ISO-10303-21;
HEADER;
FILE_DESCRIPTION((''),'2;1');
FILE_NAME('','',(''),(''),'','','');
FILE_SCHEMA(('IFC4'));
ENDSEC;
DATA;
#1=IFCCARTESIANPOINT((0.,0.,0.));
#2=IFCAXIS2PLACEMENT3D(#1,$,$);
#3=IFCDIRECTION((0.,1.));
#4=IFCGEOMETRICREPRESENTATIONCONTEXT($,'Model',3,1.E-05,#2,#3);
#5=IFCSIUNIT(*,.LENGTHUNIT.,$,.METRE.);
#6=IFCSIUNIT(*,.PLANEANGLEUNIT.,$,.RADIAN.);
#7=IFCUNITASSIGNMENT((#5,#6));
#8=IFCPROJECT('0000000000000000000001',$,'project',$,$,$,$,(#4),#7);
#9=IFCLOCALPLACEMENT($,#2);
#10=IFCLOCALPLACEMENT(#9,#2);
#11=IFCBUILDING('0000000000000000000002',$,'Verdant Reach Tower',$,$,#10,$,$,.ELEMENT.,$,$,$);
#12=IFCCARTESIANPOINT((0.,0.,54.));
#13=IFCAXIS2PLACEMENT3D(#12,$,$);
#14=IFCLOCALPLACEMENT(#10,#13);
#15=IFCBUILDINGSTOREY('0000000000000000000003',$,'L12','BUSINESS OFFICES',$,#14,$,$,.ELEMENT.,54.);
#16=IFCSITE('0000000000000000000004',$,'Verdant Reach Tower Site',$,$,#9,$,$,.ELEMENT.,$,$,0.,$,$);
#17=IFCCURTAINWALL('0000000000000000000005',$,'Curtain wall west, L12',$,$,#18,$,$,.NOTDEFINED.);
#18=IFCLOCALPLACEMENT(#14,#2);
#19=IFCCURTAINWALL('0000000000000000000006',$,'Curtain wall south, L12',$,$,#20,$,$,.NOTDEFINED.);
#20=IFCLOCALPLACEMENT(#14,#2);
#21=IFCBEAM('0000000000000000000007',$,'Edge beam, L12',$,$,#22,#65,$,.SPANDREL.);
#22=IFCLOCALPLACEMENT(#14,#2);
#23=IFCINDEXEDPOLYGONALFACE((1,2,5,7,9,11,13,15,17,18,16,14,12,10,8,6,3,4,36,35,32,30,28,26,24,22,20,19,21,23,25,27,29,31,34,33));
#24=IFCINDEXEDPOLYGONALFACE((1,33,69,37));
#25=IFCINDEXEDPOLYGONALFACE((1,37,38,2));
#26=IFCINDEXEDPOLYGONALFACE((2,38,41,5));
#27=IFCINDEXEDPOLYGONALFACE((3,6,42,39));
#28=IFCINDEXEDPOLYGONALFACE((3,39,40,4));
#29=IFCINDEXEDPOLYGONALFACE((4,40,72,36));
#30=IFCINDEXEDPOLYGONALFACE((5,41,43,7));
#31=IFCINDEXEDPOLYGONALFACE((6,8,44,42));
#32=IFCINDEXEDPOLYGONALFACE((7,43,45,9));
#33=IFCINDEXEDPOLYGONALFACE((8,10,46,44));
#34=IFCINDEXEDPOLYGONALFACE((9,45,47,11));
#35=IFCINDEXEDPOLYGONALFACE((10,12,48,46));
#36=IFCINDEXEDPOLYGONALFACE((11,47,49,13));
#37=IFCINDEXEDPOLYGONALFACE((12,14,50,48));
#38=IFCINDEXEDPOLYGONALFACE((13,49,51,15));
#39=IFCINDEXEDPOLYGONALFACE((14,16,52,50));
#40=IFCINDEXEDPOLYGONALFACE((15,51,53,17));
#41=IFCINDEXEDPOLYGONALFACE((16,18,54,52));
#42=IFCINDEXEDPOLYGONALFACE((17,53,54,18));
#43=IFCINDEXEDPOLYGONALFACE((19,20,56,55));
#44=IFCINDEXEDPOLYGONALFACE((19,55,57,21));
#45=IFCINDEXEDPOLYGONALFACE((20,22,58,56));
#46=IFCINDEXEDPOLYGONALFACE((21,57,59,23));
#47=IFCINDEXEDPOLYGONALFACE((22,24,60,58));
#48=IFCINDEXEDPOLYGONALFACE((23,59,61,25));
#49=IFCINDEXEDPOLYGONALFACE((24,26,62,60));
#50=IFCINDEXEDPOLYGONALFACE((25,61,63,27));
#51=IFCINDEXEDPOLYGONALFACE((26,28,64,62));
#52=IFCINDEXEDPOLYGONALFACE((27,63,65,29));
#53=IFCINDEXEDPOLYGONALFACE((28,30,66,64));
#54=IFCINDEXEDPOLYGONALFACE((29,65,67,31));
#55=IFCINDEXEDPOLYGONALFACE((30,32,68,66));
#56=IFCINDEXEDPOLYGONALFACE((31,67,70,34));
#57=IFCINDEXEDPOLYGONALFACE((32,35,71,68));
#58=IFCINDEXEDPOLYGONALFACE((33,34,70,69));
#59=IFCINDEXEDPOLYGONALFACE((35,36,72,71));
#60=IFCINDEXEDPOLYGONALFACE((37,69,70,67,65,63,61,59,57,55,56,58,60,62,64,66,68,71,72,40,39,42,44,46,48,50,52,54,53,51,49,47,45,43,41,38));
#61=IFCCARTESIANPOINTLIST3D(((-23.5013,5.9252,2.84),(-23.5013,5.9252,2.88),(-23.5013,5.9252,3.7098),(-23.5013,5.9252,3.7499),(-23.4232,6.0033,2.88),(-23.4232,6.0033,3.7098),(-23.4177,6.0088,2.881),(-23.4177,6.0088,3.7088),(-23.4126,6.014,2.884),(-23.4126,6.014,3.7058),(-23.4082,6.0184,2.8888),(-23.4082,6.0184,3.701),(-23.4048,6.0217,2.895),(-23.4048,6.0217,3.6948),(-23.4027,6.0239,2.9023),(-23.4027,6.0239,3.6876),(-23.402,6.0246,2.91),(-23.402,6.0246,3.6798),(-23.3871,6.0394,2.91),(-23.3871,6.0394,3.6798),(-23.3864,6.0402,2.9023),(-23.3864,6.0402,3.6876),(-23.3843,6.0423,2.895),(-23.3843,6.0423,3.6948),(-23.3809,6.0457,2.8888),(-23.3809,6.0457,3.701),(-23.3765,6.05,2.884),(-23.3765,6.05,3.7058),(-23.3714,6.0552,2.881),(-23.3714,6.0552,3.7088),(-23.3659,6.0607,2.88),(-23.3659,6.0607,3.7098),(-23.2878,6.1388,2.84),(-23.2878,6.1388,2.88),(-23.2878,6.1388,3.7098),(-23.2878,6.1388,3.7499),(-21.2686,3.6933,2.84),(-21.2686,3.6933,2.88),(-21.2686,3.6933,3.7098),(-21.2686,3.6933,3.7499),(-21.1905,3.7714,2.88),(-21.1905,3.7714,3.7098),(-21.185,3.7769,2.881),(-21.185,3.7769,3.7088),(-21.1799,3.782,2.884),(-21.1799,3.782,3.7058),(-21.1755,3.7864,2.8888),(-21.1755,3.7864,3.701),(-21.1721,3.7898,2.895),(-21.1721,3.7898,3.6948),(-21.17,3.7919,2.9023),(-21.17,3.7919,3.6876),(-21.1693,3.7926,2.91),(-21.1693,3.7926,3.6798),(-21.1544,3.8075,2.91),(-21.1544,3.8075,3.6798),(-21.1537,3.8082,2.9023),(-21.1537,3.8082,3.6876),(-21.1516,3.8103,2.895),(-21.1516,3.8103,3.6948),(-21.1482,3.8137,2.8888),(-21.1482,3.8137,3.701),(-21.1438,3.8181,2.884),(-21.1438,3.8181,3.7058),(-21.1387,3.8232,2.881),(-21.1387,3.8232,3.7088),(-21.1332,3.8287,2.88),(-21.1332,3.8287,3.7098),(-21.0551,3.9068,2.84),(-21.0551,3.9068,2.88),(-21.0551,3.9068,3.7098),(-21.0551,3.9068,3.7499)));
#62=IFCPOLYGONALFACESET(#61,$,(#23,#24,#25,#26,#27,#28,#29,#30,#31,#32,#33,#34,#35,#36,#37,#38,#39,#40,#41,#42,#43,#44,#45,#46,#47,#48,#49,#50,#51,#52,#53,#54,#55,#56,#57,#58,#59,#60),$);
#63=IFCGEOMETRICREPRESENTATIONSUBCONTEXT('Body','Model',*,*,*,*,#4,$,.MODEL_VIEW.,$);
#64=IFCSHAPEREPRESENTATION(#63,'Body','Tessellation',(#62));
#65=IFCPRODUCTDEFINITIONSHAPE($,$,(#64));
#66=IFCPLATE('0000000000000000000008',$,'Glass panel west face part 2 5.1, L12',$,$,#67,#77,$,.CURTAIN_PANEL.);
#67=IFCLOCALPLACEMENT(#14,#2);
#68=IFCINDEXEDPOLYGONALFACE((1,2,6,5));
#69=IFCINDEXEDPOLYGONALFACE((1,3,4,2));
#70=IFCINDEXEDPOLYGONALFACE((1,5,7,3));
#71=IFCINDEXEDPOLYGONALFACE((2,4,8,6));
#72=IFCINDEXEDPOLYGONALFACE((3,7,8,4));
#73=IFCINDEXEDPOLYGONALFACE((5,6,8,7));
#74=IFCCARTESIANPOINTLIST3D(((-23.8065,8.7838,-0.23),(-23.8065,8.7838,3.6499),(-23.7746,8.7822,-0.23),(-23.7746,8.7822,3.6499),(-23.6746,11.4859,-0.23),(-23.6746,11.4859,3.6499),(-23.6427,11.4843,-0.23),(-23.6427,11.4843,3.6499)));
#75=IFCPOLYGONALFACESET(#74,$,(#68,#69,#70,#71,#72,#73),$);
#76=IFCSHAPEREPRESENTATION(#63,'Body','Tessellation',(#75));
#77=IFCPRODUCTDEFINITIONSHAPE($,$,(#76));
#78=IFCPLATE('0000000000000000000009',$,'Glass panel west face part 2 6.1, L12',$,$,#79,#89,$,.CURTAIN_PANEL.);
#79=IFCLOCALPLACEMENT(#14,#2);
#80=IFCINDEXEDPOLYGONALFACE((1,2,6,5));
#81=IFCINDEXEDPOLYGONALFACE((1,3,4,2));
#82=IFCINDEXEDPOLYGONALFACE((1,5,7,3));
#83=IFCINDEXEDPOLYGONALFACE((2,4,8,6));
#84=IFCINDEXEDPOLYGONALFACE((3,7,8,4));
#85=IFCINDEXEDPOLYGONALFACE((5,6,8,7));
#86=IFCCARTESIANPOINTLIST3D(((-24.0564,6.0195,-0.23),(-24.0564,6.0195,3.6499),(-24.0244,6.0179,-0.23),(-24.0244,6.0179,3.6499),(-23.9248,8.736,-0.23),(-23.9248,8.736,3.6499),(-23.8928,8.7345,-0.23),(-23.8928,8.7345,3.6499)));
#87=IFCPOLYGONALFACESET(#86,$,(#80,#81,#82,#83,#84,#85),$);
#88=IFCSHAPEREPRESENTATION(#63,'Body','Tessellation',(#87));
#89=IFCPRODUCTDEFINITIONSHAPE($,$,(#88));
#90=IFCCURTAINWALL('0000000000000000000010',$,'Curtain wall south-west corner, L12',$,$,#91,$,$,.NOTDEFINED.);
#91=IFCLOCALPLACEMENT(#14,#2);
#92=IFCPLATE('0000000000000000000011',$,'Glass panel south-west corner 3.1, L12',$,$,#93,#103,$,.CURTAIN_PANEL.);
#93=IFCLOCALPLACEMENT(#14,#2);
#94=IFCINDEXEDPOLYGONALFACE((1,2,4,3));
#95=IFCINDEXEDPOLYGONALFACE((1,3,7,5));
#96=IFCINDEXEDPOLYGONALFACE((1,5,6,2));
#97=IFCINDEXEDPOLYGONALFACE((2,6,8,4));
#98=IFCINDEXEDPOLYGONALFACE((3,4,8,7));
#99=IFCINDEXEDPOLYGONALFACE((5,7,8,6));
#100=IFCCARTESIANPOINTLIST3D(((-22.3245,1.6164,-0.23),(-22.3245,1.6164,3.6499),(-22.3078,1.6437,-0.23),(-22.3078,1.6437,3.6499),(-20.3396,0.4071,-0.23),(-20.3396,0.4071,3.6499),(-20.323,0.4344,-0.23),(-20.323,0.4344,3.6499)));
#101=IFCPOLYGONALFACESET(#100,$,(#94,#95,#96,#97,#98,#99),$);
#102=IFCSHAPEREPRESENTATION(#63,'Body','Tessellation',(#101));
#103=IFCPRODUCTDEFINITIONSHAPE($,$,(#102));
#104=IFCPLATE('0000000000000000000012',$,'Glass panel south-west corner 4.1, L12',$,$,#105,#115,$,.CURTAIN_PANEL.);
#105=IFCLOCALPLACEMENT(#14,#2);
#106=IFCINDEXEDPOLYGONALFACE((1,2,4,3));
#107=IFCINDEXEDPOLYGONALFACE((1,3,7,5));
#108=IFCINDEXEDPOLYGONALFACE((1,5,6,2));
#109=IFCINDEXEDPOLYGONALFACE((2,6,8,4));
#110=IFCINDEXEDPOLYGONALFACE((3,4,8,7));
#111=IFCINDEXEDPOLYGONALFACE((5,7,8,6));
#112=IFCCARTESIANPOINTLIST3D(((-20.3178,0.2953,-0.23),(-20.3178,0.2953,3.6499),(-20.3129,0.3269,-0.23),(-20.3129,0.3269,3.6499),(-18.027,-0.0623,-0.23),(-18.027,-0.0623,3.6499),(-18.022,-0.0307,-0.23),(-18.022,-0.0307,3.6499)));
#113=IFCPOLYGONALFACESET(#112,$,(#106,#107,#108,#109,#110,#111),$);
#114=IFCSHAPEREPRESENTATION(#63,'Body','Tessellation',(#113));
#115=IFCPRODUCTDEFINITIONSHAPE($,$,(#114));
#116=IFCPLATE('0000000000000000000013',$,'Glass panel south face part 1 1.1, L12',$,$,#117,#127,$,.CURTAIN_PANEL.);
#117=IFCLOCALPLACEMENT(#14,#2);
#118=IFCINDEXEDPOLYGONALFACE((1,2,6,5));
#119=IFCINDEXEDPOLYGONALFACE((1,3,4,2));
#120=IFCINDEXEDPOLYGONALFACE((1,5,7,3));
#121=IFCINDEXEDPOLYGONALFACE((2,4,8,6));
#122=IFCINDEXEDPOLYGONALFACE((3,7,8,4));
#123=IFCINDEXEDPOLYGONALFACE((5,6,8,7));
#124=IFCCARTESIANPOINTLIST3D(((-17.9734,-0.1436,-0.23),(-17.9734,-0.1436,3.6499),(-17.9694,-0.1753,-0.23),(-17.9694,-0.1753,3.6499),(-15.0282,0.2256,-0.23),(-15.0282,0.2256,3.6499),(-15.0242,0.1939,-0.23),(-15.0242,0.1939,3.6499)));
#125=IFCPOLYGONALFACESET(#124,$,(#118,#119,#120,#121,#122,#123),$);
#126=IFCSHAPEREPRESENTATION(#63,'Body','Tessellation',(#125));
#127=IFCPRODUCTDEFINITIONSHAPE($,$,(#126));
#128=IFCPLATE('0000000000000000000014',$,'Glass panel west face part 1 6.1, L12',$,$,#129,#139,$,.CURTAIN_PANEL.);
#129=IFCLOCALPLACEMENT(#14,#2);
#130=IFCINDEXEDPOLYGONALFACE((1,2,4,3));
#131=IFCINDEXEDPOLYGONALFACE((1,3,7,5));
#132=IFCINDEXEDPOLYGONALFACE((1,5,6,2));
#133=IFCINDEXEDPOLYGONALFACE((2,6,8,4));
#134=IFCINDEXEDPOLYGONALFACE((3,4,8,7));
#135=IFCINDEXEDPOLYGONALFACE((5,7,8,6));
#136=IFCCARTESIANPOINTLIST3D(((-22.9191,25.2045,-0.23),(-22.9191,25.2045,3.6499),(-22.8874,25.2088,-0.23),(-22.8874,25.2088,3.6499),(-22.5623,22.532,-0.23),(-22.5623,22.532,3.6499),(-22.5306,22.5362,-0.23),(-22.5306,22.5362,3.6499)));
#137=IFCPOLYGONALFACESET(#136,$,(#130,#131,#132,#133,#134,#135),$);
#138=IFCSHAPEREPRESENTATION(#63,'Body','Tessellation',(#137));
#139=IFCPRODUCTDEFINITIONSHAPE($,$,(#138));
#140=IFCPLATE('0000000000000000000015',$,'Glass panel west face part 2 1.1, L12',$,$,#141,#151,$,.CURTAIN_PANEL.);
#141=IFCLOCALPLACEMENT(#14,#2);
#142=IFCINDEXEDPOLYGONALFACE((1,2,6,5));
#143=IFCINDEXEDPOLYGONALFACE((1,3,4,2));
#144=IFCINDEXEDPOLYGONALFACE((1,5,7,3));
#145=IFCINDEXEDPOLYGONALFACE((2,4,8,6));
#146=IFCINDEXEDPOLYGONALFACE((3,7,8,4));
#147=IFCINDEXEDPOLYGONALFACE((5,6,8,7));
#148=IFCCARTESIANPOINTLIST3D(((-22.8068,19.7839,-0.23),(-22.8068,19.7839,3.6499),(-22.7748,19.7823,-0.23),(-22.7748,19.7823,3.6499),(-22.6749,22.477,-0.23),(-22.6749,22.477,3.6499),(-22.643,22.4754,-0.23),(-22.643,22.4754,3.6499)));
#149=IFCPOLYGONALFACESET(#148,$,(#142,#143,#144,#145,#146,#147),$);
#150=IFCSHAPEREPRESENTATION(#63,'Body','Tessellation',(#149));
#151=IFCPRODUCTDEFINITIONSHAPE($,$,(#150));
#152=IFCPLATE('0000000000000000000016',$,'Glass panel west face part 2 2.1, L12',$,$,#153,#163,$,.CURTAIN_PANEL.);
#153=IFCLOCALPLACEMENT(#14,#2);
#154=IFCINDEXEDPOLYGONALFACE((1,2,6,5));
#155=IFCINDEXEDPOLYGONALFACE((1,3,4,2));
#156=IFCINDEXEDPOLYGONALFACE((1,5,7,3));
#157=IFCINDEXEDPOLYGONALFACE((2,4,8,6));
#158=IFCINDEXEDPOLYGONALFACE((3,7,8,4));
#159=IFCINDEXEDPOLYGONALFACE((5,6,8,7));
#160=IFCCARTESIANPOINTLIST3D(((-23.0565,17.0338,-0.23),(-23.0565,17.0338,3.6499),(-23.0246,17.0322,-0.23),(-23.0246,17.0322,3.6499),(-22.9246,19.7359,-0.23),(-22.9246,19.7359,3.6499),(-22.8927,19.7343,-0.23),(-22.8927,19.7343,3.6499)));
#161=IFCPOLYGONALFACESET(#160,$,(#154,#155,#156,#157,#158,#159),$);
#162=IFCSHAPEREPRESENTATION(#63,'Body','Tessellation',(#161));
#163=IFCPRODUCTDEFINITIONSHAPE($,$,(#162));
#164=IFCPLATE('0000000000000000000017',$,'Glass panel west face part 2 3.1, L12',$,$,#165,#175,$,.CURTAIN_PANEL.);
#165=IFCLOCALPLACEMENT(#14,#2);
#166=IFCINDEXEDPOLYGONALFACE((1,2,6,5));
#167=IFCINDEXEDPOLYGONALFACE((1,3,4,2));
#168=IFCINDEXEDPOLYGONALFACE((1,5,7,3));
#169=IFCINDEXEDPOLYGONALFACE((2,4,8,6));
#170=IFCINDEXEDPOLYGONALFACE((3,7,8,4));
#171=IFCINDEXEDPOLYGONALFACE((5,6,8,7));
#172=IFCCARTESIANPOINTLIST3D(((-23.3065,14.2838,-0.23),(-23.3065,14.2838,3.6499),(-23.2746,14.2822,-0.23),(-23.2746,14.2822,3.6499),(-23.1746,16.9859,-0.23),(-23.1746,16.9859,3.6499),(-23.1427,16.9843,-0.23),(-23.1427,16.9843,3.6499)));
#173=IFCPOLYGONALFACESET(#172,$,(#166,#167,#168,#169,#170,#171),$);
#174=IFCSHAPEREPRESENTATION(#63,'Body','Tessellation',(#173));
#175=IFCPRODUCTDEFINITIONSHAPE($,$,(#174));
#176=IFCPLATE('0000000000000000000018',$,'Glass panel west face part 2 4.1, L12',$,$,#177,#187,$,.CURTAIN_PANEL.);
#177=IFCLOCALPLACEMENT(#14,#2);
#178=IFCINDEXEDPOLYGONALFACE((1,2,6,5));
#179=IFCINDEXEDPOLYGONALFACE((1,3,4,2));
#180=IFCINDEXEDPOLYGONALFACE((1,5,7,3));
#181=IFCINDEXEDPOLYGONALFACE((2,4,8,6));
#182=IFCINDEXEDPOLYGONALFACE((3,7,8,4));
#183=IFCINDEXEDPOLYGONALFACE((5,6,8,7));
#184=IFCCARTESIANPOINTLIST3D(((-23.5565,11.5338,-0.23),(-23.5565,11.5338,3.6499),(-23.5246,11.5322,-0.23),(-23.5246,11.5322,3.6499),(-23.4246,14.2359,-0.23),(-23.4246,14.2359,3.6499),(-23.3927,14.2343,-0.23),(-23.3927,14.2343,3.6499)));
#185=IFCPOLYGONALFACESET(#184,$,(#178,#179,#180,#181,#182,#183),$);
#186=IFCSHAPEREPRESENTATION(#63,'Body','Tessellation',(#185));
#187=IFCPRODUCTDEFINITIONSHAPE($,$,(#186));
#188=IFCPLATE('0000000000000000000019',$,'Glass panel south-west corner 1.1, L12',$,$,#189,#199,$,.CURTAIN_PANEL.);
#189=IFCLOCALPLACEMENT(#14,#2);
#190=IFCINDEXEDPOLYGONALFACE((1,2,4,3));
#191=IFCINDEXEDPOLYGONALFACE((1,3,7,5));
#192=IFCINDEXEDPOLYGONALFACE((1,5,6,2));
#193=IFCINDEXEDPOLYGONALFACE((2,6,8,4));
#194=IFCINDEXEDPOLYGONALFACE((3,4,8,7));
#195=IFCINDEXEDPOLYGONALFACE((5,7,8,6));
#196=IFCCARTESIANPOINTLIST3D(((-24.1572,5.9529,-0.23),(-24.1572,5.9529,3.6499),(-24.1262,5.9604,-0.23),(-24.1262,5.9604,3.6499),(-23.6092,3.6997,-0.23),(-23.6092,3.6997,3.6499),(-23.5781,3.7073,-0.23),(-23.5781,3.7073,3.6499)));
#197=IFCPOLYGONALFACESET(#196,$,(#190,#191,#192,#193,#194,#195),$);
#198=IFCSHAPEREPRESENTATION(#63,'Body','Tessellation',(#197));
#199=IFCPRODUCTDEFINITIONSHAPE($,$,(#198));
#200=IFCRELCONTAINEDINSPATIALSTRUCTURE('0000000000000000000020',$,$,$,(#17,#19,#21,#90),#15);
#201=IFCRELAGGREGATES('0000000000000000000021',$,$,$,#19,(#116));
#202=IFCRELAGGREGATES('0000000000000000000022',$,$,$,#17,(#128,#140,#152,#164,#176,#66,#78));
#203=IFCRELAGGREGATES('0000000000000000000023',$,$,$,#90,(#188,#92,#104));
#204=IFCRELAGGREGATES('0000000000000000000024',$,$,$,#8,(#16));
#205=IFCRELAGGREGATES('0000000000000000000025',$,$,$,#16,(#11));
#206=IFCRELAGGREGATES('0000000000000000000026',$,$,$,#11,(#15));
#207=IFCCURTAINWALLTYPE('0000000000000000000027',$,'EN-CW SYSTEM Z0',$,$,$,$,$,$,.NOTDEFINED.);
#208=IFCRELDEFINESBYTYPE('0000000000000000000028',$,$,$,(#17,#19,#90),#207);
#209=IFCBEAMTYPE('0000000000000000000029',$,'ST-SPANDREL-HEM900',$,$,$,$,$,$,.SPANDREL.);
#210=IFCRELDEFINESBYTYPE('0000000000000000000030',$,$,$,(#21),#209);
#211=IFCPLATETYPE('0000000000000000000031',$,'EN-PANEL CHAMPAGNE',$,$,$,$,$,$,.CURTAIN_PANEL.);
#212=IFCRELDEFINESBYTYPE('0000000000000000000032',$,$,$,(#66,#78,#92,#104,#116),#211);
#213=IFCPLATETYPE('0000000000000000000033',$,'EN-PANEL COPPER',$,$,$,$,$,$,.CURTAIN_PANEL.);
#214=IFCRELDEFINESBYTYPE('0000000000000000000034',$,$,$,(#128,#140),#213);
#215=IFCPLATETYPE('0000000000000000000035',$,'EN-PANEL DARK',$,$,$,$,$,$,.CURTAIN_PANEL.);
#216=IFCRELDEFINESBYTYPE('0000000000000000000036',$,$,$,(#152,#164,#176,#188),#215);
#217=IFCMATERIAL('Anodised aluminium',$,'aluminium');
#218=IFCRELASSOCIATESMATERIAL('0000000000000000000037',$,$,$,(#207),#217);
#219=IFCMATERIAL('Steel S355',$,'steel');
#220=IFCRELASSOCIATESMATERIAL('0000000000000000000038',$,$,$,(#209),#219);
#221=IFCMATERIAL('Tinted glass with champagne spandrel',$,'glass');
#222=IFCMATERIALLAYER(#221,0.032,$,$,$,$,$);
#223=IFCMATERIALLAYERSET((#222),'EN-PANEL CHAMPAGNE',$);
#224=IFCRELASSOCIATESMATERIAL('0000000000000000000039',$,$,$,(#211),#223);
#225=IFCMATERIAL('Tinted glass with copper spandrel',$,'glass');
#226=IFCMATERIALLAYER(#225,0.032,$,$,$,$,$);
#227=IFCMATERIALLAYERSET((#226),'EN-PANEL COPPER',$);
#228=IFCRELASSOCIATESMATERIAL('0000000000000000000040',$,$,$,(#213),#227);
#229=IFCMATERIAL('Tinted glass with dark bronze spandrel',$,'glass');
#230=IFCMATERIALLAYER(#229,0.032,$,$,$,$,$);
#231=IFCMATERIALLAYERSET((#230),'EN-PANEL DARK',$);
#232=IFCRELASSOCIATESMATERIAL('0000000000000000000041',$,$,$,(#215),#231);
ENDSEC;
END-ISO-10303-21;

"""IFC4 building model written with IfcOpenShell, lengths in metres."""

from ifc_helpers import new_model, si_unit, direction, frame, origin, origin_2d, place, context, subcontext, project, spatial, rectangle, i_section, extrude, material, layer, layer_set, material_profile, profile_set, type_object, element, aggregate, save


model = new_model("IFC4")

# Units and contexts
model_context = context("Model", 3, precision=1e-05, world=origin(), true_north=direction((0.0, 1.0)))
body_context = subcontext(model_context, "Body", "Model", "MODEL_VIEW")
ifc_project = project(units=[si_unit("LENGTHUNIT", "METRE"), si_unit("PLANEANGLEUNIT", "RADIAN")], contexts=[model_context])

# Site, building, storey
site_placement = place(None, origin())
site = spatial("IfcSite", under=ifc_project, at=site_placement, Name="Verdant Reach Tower Site", CompositionType="ELEMENT", RefElevation=0.0)
building_placement = place(site_placement, origin())
building = spatial("IfcBuilding", under=site, at=building_placement, Name="Verdant Reach Tower", CompositionType="ELEMENT")
storey_placement = place(building_placement, frame((0.0, 0.0, 54.0)))
storey = spatial("IfcBuildingStorey", under=building, at=storey_placement, Name="L12", Description="BUSINESS OFFICES", CompositionType="ELEMENT", Elevation=54.0)

# Curtain walls
ifc_material_1 = material(Name="Anodised aluminium", Category="aluminium")
curtain_wall_type = type_object("IfcCurtainWallType", Name="EN-CW SYSTEM Z0", PredefinedType="NOTDEFINED", material=ifc_material_1)
curtain_wall_1_placement = place(storey_placement, origin())
curtain_wall_1 = element("IfcCurtainWall", 1, at=curtain_wall_1_placement, inside=storey, type_object=curtain_wall_type, Name="Curtain wall west, L12", PredefinedType="NOTDEFINED")
curtain_wall_2_placement = place(storey_placement, origin())
curtain_wall_2 = element("IfcCurtainWall", 2, at=curtain_wall_2_placement, inside=storey, type_object=curtain_wall_type, Name="Curtain wall south, L12", PredefinedType="NOTDEFINED")

# Beam
ifc_material_2 = material(Name="Steel S355", Category="steel")
ifc_material_profile_1 = material_profile(ifc_material_2, i_section(OverallWidth=0.302, OverallDepth=0.9099, WebThickness=0.021, FlangeThickness=0.04, FilletRadius=0.03, at=origin_2d()), Name="HEM 900")
ifc_profile_set_1 = profile_set([ifc_material_profile_1], Name="Steel S355")
beam_type_1 = type_object("IfcBeamType", Name="ST-SPANDREL-HEM900", PredefinedType="SPANDREL", material=ifc_profile_set_1)
beam_1_placement = place(storey_placement, frame((-21.1619, 3.8, 3.2949), z_axis=(-0.707223, 0.706991, 0.0), x_axis=(-0.706991, -0.707223, 0.0)))
element("IfcBeam", 3, at=beam_1_placement, inside=storey, type_object=beam_type_1, Name="Edge beam, L12", PredefinedType="SPANDREL", context=body_context, shape_type="SweptSolid", body=[
    extrude(i_section(OverallWidth=0.302, OverallDepth=0.9099, WebThickness=0.021, FlangeThickness=0.04, FilletRadius=0.03, at=origin_2d()), origin(), (0.0, 0.0, 1.0), 3.157),
])

# Plates
ifc_material_3 = material(Name="Tinted glass with champagne spandrel", Category="glass")
ifc_layer_1 = layer(ifc_material_3, 0.032)
ifc_layer_set_1 = layer_set([ifc_layer_1], Name="EN-PANEL CHAMPAGNE")
plate_type_1 = type_object("IfcPlateType", Name="EN-PANEL CHAMPAGNE", PredefinedType="CURTAIN_PANEL", material=ifc_layer_set_1)
plate_1_placement = place(storey_placement, frame((-23.7246, 10.134, -0.23), z_axis=(0.0, 0.0, 1.0), x_axis=(-0.048753, -0.998811, 0.0)))
plate_1 = element("IfcPlate", 4, at=plate_1_placement, type_object=plate_type_1, Name="Glass panel west face part 2 5.1, L12", PredefinedType="CURTAIN_PANEL", context=body_context, shape_type="SweptSolid", body=[
    extrude(rectangle(XDim=2.7053, YDim=0.032, at=origin_2d()), origin(), (0.0, 0.0, 1.0), 3.8799),
])
plate_2_placement = place(storey_placement, frame((-23.9746, 7.377, -0.23), z_axis=(0.0, 0.0, 1.0), x_axis=(-0.048383, -0.998829, 0.0)))
plate_2 = element("IfcPlate", 5, at=plate_2_placement, type_object=plate_type_1, Name="Glass panel west face part 2 6.1, L12", PredefinedType="CURTAIN_PANEL", context=body_context, shape_type="SweptSolid", body=[
    extrude(rectangle(XDim=2.7197, YDim=0.032, at=origin_2d()), origin(), (0.0, 0.0, 1.0), 3.8799),
])

# Curtain wall, plates
curtain_wall_3_placement = place(storey_placement, origin())
curtain_wall_3 = element("IfcCurtainWall", 6, at=curtain_wall_3_placement, inside=storey, type_object=curtain_wall_type, Name="Curtain wall south-west corner, L12", PredefinedType="NOTDEFINED")
plate_3_placement = place(storey_placement, frame((-21.3237, 1.0254, -0.23), z_axis=(0.0, 0.0, 1.0), x_axis=(0.853989, -0.520292, 0.0)))
plate_3 = element("IfcPlate", 7, at=plate_3_placement, type_object=plate_type_1, Name="Glass panel south-west corner 3.1, L12", PredefinedType="CURTAIN_PANEL", context=body_context, shape_type="SweptSolid", body=[
    extrude(rectangle(XDim=2.3242, YDim=0.032, at=origin_2d()), origin(), (0.0, 0.0, 1.0), 3.8799),
])
plate_4_placement = place(storey_placement, frame((-19.1699, 0.1323, -0.23), z_axis=(0.0, 0.0, 1.0), x_axis=(0.988035, -0.154233, 0.0)))
plate_4 = element("IfcPlate", 8, at=plate_4_placement, type_object=plate_type_1, Name="Glass panel south-west corner 4.1, L12", PredefinedType="CURTAIN_PANEL", context=body_context, shape_type="SweptSolid", body=[
    extrude(rectangle(XDim=2.3186, YDim=0.032, at=origin_2d()), origin(), (0.0, 0.0, 1.0), 3.8799),
])

# Plates
plate_5_placement = place(storey_placement, frame((-16.4988, 0.0251, -0.23), z_axis=(0.0, 0.0, 1.0), x_axis=(0.992234, 0.124384, 0.0)))
plate_5 = element("IfcPlate", 9, at=plate_5_placement, type_object=plate_type_1, Name="Glass panel south face part 1 1.1, L12", PredefinedType="CURTAIN_PANEL", context=body_context, shape_type="SweptSolid", body=[
    extrude(rectangle(XDim=2.9683, YDim=0.032, at=origin_2d()), origin(), (0.0, 0.0, 1.0), 3.8799),
])
aggregate(curtain_wall_2, [plate_5])
ifc_material_4 = material(Name="Tinted glass with copper spandrel", Category="glass")
ifc_layer_2 = layer(ifc_material_4, 0.032)
ifc_layer_set_2 = layer_set([ifc_layer_2], Name="EN-PANEL COPPER")
plate_type_2 = type_object("IfcPlateType", Name="EN-PANEL COPPER", PredefinedType="CURTAIN_PANEL", material=ifc_layer_set_2)
plate_6_placement = place(storey_placement, frame((-22.7249, 23.8704, -0.23), z_axis=(0.0, 0.0, 1.0), x_axis=(0.132308, -0.991209, 0.0)))
plate_6 = element("IfcPlate", 10, at=plate_6_placement, type_object=plate_type_2, Name="Glass panel west face part 1 6.1, L12", PredefinedType="CURTAIN_PANEL", context=body_context, shape_type="SweptSolid", body=[
    extrude(rectangle(XDim=2.6963, YDim=0.032, at=origin_2d()), origin(), (0.0, 0.0, 1.0), 3.8799),
])
plate_7_placement = place(storey_placement, frame((-22.7249, 21.1296, -0.23), z_axis=(0.0, 0.0, 1.0), x_axis=(-0.048902, -0.998804, 0.0)))
plate_7 = element("IfcPlate", 11, at=plate_7_placement, type_object=plate_type_2, Name="Glass panel west face part 2 1.1, L12", PredefinedType="CURTAIN_PANEL", context=body_context, shape_type="SweptSolid", body=[
    extrude(rectangle(XDim=2.6963, YDim=0.032, at=origin_2d()), origin(), (0.0, 0.0, 1.0), 3.8799),
])
ifc_material_5 = material(Name="Tinted glass with dark bronze spandrel", Category="glass")
ifc_layer_3 = layer(ifc_material_5, 0.032)
ifc_layer_set_3 = layer_set([ifc_layer_3], Name="EN-PANEL DARK")
plate_type_3 = type_object("IfcPlateType", Name="EN-PANEL DARK", PredefinedType="CURTAIN_PANEL", material=ifc_layer_set_3)
plate_8_placement = place(storey_placement, frame((-22.9746, 18.384, -0.23), z_axis=(0.0, 0.0, 1.0), x_axis=(-0.048753, -0.998811, 0.0)))
plate_8 = element("IfcPlate", 12, at=plate_8_placement, type_object=plate_type_3, Name="Glass panel west face part 2 2.1, L12", PredefinedType="CURTAIN_PANEL", context=body_context, shape_type="SweptSolid", body=[
    extrude(rectangle(XDim=2.7053, YDim=0.032, at=origin_2d()), origin(), (0.0, 0.0, 1.0), 3.8799),
])
plate_9_placement = place(storey_placement, frame((-23.2246, 15.634, -0.23), z_axis=(0.0, 0.0, 1.0), x_axis=(-0.048753, -0.998811, 0.0)))
plate_9 = element("IfcPlate", 13, at=plate_9_placement, type_object=plate_type_3, Name="Glass panel west face part 2 3.1, L12", PredefinedType="CURTAIN_PANEL", context=body_context, shape_type="SweptSolid", body=[
    extrude(rectangle(XDim=2.7053, YDim=0.032, at=origin_2d()), origin(), (0.0, 0.0, 1.0), 3.8799),
])
plate_10_placement = place(storey_placement, frame((-23.4746, 12.884, -0.23), z_axis=(0.0, 0.0, 1.0), x_axis=(-0.048753, -0.998811, 0.0)))
plate_10 = element("IfcPlate", 14, at=plate_10_placement, type_object=plate_type_3, Name="Glass panel west face part 2 4.1, L12", PredefinedType="CURTAIN_PANEL", context=body_context, shape_type="SweptSolid", body=[
    extrude(rectangle(XDim=2.7053, YDim=0.032, at=origin_2d()), origin(), (0.0, 0.0, 1.0), 3.8799),
])
aggregate(curtain_wall_1, [plate_6, plate_7, plate_8, plate_9, plate_10, plate_1, plate_2])
plate_11_placement = place(storey_placement, frame((-23.8677, 4.8301, -0.23), z_axis=(0.0, 0.0, 1.0), x_axis=(0.236347, -0.971669, 0.0)))
plate_11 = element("IfcPlate", 15, at=plate_11_placement, type_object=plate_type_3, Name="Glass panel south-west corner 1.1, L12", PredefinedType="CURTAIN_PANEL", context=body_context, shape_type="SweptSolid", body=[
    extrude(rectangle(XDim=2.3188, YDim=0.032, at=origin_2d()), origin(), (0.0, 0.0, 1.0), 3.8799),
])
aggregate(curtain_wall_3, [plate_11, plate_3, plate_4])

save(model, "model.ifc")
